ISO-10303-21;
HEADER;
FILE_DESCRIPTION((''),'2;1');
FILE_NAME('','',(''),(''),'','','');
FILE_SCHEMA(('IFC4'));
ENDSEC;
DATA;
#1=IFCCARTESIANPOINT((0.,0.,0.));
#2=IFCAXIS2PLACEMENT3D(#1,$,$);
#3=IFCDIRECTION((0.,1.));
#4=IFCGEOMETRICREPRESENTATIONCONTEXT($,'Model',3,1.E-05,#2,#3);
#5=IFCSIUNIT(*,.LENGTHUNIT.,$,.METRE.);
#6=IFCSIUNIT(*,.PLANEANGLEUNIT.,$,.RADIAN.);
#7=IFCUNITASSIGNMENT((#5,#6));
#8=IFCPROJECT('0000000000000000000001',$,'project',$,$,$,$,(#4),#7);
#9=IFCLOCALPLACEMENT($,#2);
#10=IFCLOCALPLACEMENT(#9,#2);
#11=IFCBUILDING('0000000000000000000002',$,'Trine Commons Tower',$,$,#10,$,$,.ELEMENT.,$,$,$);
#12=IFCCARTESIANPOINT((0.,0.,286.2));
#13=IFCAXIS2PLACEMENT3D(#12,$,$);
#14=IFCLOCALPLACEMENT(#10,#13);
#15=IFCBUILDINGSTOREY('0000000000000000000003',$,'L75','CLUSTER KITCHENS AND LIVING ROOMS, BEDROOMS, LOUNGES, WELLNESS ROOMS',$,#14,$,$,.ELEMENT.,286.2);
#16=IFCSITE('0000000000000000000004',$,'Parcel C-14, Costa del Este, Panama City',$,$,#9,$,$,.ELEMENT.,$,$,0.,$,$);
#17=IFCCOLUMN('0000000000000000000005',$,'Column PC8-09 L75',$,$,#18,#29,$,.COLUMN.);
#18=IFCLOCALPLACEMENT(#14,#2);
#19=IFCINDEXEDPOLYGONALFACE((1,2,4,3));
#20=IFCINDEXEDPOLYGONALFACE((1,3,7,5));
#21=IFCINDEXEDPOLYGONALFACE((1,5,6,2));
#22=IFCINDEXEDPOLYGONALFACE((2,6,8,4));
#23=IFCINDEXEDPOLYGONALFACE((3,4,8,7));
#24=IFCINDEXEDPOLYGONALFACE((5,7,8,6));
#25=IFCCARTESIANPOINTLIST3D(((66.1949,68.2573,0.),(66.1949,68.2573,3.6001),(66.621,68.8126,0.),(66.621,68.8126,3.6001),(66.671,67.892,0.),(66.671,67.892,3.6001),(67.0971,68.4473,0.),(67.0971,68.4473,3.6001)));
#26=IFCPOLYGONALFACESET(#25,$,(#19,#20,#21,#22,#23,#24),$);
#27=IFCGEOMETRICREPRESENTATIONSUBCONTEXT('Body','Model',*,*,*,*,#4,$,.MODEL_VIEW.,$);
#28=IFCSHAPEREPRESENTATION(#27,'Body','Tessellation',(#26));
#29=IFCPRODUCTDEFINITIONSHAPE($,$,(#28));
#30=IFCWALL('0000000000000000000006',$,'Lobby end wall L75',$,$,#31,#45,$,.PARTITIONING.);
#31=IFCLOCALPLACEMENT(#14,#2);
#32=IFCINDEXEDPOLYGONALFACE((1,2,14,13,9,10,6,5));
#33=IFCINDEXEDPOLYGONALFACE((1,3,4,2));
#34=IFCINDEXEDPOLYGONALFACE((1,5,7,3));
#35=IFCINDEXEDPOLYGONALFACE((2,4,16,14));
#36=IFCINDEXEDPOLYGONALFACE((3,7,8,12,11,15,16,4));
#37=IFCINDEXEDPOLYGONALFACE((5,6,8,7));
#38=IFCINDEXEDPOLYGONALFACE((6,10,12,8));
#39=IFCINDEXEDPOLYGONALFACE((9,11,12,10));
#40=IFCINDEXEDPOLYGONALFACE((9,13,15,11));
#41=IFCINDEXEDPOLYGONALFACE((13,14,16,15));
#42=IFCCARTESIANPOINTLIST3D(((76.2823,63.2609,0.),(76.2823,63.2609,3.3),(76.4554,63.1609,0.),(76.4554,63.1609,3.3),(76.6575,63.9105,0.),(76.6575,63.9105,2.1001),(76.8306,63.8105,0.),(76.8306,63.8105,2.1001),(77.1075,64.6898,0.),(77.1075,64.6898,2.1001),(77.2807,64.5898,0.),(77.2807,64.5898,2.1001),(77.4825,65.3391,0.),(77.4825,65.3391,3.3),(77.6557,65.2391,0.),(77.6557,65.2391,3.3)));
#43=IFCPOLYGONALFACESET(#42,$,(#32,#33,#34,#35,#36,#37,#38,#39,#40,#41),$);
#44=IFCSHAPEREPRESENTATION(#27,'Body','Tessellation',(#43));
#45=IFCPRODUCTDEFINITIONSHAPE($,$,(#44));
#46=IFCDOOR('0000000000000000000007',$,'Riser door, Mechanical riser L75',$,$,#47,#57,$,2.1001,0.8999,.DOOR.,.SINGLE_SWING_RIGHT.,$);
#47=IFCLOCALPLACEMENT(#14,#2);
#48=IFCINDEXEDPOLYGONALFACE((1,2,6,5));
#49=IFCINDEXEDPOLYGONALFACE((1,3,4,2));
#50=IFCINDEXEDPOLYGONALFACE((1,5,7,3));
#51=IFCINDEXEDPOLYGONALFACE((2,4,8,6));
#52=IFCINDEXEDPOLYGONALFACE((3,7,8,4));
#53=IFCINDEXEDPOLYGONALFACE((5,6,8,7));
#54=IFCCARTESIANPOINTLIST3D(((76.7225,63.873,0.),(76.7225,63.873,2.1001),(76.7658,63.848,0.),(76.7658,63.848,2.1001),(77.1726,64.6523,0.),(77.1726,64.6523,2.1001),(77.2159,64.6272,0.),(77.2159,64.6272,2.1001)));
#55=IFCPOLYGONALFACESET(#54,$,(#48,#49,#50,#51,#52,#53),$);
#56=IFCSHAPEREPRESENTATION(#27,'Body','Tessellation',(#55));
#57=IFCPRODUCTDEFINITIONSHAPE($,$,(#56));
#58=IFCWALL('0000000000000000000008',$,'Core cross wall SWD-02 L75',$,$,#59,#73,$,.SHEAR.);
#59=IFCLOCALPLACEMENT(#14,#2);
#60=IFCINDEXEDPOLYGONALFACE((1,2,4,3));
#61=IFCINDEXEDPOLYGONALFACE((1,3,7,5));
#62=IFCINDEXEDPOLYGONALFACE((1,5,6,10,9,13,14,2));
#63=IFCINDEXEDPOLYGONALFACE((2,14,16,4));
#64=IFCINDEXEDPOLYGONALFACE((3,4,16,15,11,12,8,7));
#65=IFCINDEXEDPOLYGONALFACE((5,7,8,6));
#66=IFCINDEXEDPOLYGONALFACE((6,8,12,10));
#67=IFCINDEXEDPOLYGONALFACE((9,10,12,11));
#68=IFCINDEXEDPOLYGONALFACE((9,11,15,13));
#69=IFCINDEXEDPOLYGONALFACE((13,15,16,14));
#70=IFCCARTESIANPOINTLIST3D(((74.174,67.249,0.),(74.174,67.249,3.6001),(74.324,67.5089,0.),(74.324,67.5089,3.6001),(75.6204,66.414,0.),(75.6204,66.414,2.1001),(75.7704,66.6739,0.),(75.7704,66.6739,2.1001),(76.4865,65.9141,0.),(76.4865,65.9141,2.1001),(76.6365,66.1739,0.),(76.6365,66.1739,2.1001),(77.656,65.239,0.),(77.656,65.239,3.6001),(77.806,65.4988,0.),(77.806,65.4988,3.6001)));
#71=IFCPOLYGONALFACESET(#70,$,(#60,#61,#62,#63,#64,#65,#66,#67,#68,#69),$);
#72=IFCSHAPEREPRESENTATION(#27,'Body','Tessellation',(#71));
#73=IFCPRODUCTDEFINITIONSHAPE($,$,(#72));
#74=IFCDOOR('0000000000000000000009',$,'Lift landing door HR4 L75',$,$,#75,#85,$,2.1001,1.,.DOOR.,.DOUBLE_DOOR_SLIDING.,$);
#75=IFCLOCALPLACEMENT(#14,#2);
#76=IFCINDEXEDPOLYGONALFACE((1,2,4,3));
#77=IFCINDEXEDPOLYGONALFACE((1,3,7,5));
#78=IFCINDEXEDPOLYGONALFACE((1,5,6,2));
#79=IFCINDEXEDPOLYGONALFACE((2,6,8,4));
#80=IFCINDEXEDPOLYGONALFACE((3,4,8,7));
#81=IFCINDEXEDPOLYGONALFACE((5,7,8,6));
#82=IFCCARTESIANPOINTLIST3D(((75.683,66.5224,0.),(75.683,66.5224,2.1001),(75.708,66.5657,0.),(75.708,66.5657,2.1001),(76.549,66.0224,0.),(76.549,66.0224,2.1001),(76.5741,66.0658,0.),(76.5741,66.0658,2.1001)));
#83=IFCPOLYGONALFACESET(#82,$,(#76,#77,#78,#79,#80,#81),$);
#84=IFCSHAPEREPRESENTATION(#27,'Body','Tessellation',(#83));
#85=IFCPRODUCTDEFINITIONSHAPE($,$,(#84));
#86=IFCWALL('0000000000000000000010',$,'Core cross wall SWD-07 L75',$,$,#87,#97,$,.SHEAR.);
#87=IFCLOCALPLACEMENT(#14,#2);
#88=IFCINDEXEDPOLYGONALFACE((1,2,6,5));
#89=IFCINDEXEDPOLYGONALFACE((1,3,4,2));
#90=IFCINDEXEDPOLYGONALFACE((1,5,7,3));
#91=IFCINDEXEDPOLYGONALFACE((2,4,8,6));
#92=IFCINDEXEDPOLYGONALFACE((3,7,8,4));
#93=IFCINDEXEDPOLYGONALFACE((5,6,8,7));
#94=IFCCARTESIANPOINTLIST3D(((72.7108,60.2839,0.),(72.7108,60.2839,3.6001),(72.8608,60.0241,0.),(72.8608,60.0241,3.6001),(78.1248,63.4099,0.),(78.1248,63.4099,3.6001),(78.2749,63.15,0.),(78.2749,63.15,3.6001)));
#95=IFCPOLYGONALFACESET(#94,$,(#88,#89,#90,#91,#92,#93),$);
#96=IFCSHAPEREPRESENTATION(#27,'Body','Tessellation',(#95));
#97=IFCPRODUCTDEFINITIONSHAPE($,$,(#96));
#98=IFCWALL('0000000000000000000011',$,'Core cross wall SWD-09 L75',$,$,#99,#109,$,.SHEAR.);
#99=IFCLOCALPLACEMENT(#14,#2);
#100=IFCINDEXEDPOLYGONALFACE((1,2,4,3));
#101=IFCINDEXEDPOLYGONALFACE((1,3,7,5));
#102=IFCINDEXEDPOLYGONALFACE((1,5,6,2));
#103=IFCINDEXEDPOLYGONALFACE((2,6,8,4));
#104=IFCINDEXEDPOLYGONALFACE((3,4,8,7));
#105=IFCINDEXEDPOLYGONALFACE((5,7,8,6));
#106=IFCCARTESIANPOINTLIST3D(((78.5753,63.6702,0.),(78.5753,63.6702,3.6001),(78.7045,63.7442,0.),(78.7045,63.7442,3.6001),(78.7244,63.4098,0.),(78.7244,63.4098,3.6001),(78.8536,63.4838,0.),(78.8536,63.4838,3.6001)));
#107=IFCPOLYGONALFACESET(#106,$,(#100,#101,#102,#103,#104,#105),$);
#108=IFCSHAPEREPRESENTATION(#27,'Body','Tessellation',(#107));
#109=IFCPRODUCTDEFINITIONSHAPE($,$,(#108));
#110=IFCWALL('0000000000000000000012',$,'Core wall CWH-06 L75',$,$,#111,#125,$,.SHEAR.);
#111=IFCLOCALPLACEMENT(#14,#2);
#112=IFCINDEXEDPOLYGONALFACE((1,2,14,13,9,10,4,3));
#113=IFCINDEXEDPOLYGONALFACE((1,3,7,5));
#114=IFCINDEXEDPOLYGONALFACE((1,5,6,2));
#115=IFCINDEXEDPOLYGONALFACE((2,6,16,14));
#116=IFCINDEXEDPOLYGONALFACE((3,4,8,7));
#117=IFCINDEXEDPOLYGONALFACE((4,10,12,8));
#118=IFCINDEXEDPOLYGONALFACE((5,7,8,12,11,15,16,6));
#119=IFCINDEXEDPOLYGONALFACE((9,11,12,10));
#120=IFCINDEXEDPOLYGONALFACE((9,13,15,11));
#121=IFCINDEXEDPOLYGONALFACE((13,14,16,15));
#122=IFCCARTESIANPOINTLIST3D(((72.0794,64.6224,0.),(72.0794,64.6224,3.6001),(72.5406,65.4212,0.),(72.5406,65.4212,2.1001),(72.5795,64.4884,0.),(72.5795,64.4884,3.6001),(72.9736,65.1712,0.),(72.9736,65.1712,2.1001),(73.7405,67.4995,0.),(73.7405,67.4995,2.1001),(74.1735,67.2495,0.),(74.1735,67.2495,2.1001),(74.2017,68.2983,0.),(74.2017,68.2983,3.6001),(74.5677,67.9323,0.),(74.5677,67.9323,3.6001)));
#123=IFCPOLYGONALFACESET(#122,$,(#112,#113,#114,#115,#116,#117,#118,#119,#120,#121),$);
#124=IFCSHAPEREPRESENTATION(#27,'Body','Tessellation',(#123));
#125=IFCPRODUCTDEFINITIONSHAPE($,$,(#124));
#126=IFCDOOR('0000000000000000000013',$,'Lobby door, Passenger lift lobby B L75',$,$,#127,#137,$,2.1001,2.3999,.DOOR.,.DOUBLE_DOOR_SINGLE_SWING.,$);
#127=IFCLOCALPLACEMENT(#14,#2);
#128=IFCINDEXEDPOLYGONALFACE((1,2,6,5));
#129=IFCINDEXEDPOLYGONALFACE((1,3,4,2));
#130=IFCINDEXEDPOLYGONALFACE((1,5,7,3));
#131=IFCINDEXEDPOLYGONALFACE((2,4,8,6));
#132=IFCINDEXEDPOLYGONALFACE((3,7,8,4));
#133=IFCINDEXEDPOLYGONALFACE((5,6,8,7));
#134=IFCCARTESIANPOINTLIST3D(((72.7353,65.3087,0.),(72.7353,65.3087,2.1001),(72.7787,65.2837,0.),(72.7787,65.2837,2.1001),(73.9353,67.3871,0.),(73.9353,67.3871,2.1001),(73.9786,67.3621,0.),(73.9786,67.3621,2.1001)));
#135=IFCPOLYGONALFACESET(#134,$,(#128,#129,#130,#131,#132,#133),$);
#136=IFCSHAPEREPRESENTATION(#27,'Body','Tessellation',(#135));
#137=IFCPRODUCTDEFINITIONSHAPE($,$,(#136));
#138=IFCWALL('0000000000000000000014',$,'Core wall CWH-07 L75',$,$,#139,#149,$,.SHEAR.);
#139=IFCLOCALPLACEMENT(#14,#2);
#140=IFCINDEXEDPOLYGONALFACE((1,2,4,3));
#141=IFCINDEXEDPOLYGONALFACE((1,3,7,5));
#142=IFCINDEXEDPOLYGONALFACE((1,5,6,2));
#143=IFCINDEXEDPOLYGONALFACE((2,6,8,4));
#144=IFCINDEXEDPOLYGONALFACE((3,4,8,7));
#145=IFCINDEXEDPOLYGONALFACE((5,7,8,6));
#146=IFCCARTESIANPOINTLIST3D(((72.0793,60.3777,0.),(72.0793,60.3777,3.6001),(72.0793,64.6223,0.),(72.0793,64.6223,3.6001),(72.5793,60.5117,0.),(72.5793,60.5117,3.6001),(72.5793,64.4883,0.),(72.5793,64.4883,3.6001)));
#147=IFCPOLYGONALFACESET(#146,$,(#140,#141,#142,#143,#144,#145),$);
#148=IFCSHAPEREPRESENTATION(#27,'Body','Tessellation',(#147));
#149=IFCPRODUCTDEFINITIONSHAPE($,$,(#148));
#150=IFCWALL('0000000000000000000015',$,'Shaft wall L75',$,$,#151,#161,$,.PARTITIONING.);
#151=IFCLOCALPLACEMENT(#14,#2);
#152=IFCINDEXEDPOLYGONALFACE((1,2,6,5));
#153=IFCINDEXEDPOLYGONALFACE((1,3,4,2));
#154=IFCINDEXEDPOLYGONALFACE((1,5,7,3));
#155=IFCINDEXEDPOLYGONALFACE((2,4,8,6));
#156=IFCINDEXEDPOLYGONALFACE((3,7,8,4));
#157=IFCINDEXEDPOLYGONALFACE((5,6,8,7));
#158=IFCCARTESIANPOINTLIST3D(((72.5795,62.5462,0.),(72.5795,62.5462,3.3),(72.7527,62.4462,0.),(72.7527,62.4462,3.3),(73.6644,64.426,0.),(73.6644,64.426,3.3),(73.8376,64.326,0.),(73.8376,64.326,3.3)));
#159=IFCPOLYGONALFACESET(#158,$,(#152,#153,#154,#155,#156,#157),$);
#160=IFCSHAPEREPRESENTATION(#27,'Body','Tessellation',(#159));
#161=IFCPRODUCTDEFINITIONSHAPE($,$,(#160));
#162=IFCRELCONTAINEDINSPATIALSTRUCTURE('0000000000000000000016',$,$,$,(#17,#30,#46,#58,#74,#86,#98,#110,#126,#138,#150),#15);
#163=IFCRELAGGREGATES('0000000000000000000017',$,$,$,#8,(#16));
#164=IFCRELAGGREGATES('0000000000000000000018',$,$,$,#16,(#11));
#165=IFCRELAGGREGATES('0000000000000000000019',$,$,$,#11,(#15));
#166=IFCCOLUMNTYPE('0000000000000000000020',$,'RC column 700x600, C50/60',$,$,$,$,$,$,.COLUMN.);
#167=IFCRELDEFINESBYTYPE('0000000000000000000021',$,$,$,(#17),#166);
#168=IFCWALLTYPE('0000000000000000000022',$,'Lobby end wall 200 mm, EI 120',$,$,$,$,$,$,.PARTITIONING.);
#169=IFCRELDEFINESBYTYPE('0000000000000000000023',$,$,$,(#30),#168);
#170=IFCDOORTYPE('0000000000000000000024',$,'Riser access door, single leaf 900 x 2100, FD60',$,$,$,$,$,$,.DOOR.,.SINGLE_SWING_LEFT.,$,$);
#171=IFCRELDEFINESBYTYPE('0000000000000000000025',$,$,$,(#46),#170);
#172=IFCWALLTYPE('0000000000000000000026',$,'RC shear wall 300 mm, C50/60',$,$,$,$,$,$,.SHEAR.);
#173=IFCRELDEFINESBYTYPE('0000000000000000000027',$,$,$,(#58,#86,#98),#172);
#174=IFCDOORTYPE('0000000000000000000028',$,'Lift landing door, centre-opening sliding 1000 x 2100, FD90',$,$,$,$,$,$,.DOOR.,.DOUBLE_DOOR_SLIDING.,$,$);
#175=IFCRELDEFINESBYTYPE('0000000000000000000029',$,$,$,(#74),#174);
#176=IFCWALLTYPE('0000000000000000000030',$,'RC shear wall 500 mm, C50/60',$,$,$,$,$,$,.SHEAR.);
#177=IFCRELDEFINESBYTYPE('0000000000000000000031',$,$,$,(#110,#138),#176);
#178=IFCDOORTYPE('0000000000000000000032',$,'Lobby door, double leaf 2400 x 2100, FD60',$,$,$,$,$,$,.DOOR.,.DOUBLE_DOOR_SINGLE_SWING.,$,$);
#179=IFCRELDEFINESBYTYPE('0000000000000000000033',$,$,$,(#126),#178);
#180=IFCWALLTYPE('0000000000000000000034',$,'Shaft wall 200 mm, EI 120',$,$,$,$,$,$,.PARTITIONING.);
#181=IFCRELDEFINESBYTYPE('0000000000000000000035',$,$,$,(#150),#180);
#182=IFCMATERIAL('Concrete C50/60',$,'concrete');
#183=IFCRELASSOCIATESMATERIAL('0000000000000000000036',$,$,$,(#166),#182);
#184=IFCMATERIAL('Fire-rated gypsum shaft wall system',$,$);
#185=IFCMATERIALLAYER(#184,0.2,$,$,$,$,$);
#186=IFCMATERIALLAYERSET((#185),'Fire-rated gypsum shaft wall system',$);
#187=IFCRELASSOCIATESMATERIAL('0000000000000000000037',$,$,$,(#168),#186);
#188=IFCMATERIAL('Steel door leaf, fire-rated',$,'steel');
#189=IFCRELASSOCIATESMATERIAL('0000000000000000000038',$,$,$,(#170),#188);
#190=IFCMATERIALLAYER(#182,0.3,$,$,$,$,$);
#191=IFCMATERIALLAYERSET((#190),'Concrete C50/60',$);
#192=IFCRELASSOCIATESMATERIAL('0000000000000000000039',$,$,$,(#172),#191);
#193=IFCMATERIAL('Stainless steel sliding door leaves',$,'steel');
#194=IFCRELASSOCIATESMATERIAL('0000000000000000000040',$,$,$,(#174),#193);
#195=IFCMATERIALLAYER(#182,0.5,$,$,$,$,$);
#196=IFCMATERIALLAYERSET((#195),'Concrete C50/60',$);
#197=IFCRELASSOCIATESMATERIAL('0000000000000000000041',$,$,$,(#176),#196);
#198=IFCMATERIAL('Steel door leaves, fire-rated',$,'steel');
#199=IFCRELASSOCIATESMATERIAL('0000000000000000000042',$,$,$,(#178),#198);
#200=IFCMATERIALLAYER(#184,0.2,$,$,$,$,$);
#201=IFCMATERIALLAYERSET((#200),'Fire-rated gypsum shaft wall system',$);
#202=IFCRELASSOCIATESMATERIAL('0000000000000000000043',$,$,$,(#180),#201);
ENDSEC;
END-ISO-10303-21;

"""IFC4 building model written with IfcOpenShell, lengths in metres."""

from ifc_helpers import new_model, si_unit, direction, frame, frame_2d, origin, origin_2d, place, context, subcontext, project, spatial, polyline, rectangle, outline, extrude, material, layer, layer_set, material_profile, profile_set, type_object, element, fill, save


model = new_model("IFC4")

# Units and contexts
model_context = context("Model", 3, precision=1e-05, world=origin(), true_north=direction((0.0, 1.0)))
body_context = subcontext(model_context, "Body", "Model", "MODEL_VIEW")
ifc_project = project(units=[si_unit("LENGTHUNIT", "METRE"), si_unit("PLANEANGLEUNIT", "RADIAN")], contexts=[model_context])

# Site, building, storey
site_placement = place(None, origin())
site = spatial("IfcSite", under=ifc_project, at=site_placement, Name="Parcel C-14, Costa del Este, Panama City", CompositionType="ELEMENT", RefElevation=0.0)
building_placement = place(site_placement, origin())
building = spatial("IfcBuilding", under=site, at=building_placement, Name="Trine Commons Tower", CompositionType="ELEMENT")
storey_placement = place(building_placement, frame((0.0, 0.0, 286.2)))
storey = spatial("IfcBuildingStorey", under=building, at=storey_placement, Name="L75", Description="CLUSTER KITCHENS AND LIVING ROOMS, BEDROOMS, LOUNGES, WELLNESS ROOMS", CompositionType="ELEMENT", Elevation=286.2)

# Column
ifc_material_1 = material(Name="Concrete C50/60", Category="concrete")
ifc_material_profile = material_profile(ifc_material_1, rectangle(XDim=0.7, YDim=0.6001, at=origin_2d()), Name="RC 700x600")
ifc_profile_set = profile_set([ifc_material_profile], Name="Concrete C50/60")
column_type = type_object("IfcColumnType", Name="RC column 700x600, C50/60", PredefinedType="COLUMN", material=ifc_profile_set)
column_placement = place(storey_placement, frame((66.646, 68.3523, 0.0), z_axis=(0.0, 0.0, 1.0), x_axis=(0.608761, 0.793353, 0.0)))
element("IfcColumn", 1, at=column_placement, inside=storey, type_object=column_type, Name="Column PC8-09 L75", PredefinedType="COLUMN", context=body_context, shape_type="SweptSolid", body=[
    extrude(rectangle(XDim=0.7, YDim=0.6001, at=origin_2d()), origin(), (0.0, 0.0, 1.0), 3.6001),
])

# Walls, openings, doors
ifc_material_2 = material(Name="Fire-rated gypsum shaft wall system")
ifc_layer_1 = layer(ifc_material_2, 0.2)
ifc_layer_set_1 = layer_set([ifc_layer_1], Name="Fire-rated gypsum shaft wall system")
wall_type_1 = type_object("IfcWallType", Name="Lobby end wall 200 mm, EI 120", PredefinedType="PARTITIONING", material=ifc_layer_set_1)
wall_1_placement = place(storey_placement, frame((77.5691, 65.2891, 0.0), z_axis=(0.0, 0.0, 1.0), x_axis=(-0.500122, -0.865955, 0.0)))
wall_1 = element("IfcWall", 2, at=wall_1_placement, inside=storey, type_object=wall_type_1, Name="Lobby end wall L75", PredefinedType="PARTITIONING", context=body_context, shape_type="SweptSolid", body=[
    extrude(rectangle(XDim=2.3999, YDim=0.2, at=frame_2d((1.2, 0.0))), origin(), (0.0, 0.0, 1.0), 3.3),
])
opening_1_placement = place(wall_1_placement, frame((0.7498, 0.0, 0.0)))
opening_1 = element("IfcOpeningElement", 3, at=opening_1_placement, cuts=wall_1, PredefinedType="OPENING", context=body_context, shape_type="SweptSolid", body=[
    extrude(rectangle(XDim=0.8999, YDim=2.1001, at=frame_2d((0.45, 1.05))), frame((0.0, 0.1099, 0.0), z_axis=(0.0, -1.0, 0.0), x_axis=(1.0, 0.0, 0.0)), (0.0, 0.0, 1.0), 0.22),
])
ifc_material_3 = material(Name="Steel door leaf, fire-rated", Category="steel")
door_type_1 = type_object("IfcDoorType", Name="Riser access door, single leaf 900 x 2100, FD60", OperationType="SINGLE_SWING_LEFT", PredefinedType="DOOR", material=ifc_material_3)
door_1_placement = place(opening_1_placement, frame((0.8999, 0.0, 0.0), z_axis=(0.0, 0.0, 1.0), x_axis=(-1.0, 0.0, 0.0)))
door_1 = element("IfcDoor", 4, at=door_1_placement, inside=storey, type_object=door_type_1, Name="Riser door, Mechanical riser L75", OperationType="SINGLE_SWING_RIGHT", OverallHeight=2.1001, OverallWidth=0.8999, PredefinedType="DOOR", context=body_context, shape_type="SweptSolid", body=[
    extrude(rectangle(XDim=0.8999, YDim=2.1001, at=frame_2d((0.45, 1.05))), frame((0.0, 0.0249, 0.0), z_axis=(0.0, -1.0, 0.0), x_axis=(1.0, 0.0, 0.0)), (0.0, 0.0, 1.0), 0.05),
])
fill(opening_1, door_1)
ifc_layer_2 = layer(ifc_material_1, 0.3)
ifc_layer_set_2 = layer_set([ifc_layer_2], Name="Concrete C50/60")
wall_type_2 = type_object("IfcWallType", Name="RC shear wall 300 mm, C50/60", PredefinedType="SHEAR", material=ifc_layer_set_2)
wall_2_placement = place(storey_placement, frame((77.731, 65.3689, 0.0), z_axis=(0.0, 0.0, 1.0), x_axis=(-0.866056, 0.499947, 0.0)))
wall_2 = element("IfcWall", 5, at=wall_2_placement, inside=storey, type_object=wall_type_2, Name="Core cross wall SWD-02 L75", PredefinedType="SHEAR", context=body_context, shape_type="SweptSolid", body=[
    extrude(rectangle(XDim=4.0205, YDim=0.3, at=frame_2d((2.0103, 0.0))), origin(), (0.0, 0.0, 1.0), 3.6001),
])
opening_2_placement = place(wall_2_placement, frame((1.3503, 0.0, 0.0)))
opening_2 = element("IfcOpeningElement", 6, at=opening_2_placement, cuts=wall_2, PredefinedType="OPENING", context=body_context, shape_type="SweptSolid", body=[
    extrude(rectangle(XDim=1.0, YDim=2.1001, at=frame_2d((0.5, 1.05))), frame((0.0, 0.1599, 0.0), z_axis=(0.0, -1.0, 0.0), x_axis=(1.0, 0.0, 0.0)), (0.0, 0.0, 1.0), 0.3201),
])
ifc_material_4 = material(Name="Stainless steel sliding door leaves", Category="steel")
door_type_2 = type_object("IfcDoorType", Name="Lift landing door, centre-opening sliding 1000 x 2100, FD90", OperationType="DOUBLE_DOOR_SLIDING", PredefinedType="DOOR", material=ifc_material_4)
door_2_placement = place(opening_2_placement, origin())
door_2 = element("IfcDoor", 7, at=door_2_placement, inside=storey, type_object=door_type_2, Name="Lift landing door HR4 L75", OperationType="DOUBLE_DOOR_SLIDING", OverallHeight=2.1001, OverallWidth=1.0, PredefinedType="DOOR", context=body_context, shape_type="SweptSolid", body=[
    extrude(rectangle(XDim=1.0, YDim=2.1001, at=frame_2d((0.5, 1.05))), frame((0.0, 0.0249, 0.0), z_axis=(0.0, -1.0, 0.0), x_axis=(1.0, 0.0, 0.0)), (0.0, 0.0, 1.0), 0.05),
])
fill(opening_2, door_2)

# Walls
wall_3_placement = place(storey_placement, frame((78.2, 63.28, 0.0), z_axis=(0.0, 0.0, 1.0), x_axis=(-0.866014, -0.50002, 0.0)))
element("IfcWall", 8, at=wall_3_placement, inside=storey, type_object=wall_type_2, Name="Core cross wall SWD-07 L75", PredefinedType="SHEAR", context=body_context, shape_type="SweptSolid", body=[
    extrude(rectangle(XDim=6.2517, YDim=0.3, at=frame_2d((3.126, 0.0))), origin(), (0.0, 0.0, 1.0), 3.6001),
])
wall_4_placement = place(storey_placement, frame((78.7791, 63.614, 0.0), z_axis=(0.0, 0.0, 1.0), x_axis=(-0.867738, -0.497022, 0.0)))
element("IfcWall", 9, at=wall_4_placement, inside=storey, type_object=wall_type_2, Name="Core cross wall SWD-09 L75", PredefinedType="SHEAR", context=body_context, shape_type="SweptSolid", body=[
    extrude(rectangle(XDim=0.1489, YDim=0.3, at=frame_2d((0.0745, 0.0))), origin(), (0.0, 0.0, 1.0), 3.6001),
])

# Wall, opening, door
ifc_layer_3 = layer(ifc_material_1, 0.5)
ifc_layer_set_3 = layer_set([ifc_layer_3], Name="Concrete C50/60")
wall_type_3 = type_object("IfcWallType", Name="RC shear wall 500 mm, C50/60", PredefinedType="SHEAR", material=ifc_layer_set_3)
wall_5_placement = place(storey_placement, frame((74.4182, 68.1733, 0.0), z_axis=(0.0, 0.0, 1.0), x_axis=(-0.499993, -0.866029, 0.0)))
wall_5 = element("IfcWall", 10, at=wall_5_placement, inside=storey, type_object=wall_type_3, Name="Core wall CWH-06 L75", PredefinedType="SHEAR", context=body_context, shape_type="SweptSolid", body=[
    extrude(outline(polyline([(0.0, -0.25), (4.2446, -0.25), (4.1106, 0.25), (0.134, 0.25), (0.0, -0.25)])), origin(), (0.0, 0.0, 1.0), 3.6001),
])
opening_3_placement = place(wall_5_placement, frame((0.9224, 0.0, 0.0)))
opening_3 = element("IfcOpeningElement", 11, at=opening_3_placement, cuts=wall_5, PredefinedType="OPENING", context=body_context, shape_type="SweptSolid", body=[
    extrude(rectangle(XDim=2.3999, YDim=2.1001, at=frame_2d((1.2, 1.05))), frame((0.0, 0.26, 0.0), z_axis=(0.0, -1.0, 0.0), x_axis=(1.0, 0.0, 0.0)), (0.0, 0.0, 1.0), 0.52),
])
ifc_material_5 = material(Name="Steel door leaves, fire-rated", Category="steel")
door_type_3 = type_object("IfcDoorType", Name="Lobby door, double leaf 2400 x 2100, FD60", OperationType="DOUBLE_DOOR_SINGLE_SWING", PredefinedType="DOOR", material=ifc_material_5)
door_3_placement = place(opening_3_placement, origin())
door_3 = element("IfcDoor", 12, at=door_3_placement, inside=storey, type_object=door_type_3, Name="Lobby door, Passenger lift lobby B L75", OperationType="DOUBLE_DOOR_SINGLE_SWING", OverallHeight=2.1001, OverallWidth=2.3999, PredefinedType="DOOR", context=body_context, shape_type="SweptSolid", body=[
    extrude(rectangle(XDim=2.3999, YDim=2.1001, at=frame_2d((1.2, 1.05))), frame((0.0, 0.0249, 0.0), z_axis=(0.0, -1.0, 0.0), x_axis=(1.0, 0.0, 0.0)), (0.0, 0.0, 1.0), 0.05),
])
fill(opening_3, door_3)

# Walls
wall_6_placement = place(storey_placement, frame((72.3293, 64.6223, 0.0), z_axis=(0.0, 0.0, 1.0), x_axis=(0.0, -1.0, 0.0)))
element("IfcWall", 13, at=wall_6_placement, inside=storey, type_object=wall_type_3, Name="Core wall CWH-07 L75", PredefinedType="SHEAR", context=body_context, shape_type="SweptSolid", body=[
    extrude(outline(polyline([(0.0, -0.25), (4.2446, -0.25), (4.1106, 0.25), (0.134, 0.25), (0.0, -0.25)])), origin(), (0.0, 0.0, 1.0), 3.6001),
])
ifc_layer_4 = layer(ifc_material_2, 0.2)
ifc_layer_set_4 = layer_set([ifc_layer_4], Name="Fire-rated gypsum shaft wall system")
wall_type_4 = type_object("IfcWallType", Name="Shaft wall 200 mm, EI 120", PredefinedType="PARTITIONING", material=ifc_layer_set_4)
wall_7_placement = place(storey_placement, frame((73.751, 64.376, 0.0), z_axis=(0.0, 0.0, 1.0), x_axis=(-0.499865, -0.866103, 0.0)))
element("IfcWall", 14, at=wall_7_placement, inside=storey, type_object=wall_type_4, Name="Shaft wall L75", PredefinedType="PARTITIONING", context=body_context, shape_type="SweptSolid", body=[
    extrude(rectangle(XDim=2.1704, YDim=0.2, at=frame_2d((1.0852, 0.0))), origin(), (0.0, 0.0, 1.0), 3.3),
])

save(model, "model.ifc")
